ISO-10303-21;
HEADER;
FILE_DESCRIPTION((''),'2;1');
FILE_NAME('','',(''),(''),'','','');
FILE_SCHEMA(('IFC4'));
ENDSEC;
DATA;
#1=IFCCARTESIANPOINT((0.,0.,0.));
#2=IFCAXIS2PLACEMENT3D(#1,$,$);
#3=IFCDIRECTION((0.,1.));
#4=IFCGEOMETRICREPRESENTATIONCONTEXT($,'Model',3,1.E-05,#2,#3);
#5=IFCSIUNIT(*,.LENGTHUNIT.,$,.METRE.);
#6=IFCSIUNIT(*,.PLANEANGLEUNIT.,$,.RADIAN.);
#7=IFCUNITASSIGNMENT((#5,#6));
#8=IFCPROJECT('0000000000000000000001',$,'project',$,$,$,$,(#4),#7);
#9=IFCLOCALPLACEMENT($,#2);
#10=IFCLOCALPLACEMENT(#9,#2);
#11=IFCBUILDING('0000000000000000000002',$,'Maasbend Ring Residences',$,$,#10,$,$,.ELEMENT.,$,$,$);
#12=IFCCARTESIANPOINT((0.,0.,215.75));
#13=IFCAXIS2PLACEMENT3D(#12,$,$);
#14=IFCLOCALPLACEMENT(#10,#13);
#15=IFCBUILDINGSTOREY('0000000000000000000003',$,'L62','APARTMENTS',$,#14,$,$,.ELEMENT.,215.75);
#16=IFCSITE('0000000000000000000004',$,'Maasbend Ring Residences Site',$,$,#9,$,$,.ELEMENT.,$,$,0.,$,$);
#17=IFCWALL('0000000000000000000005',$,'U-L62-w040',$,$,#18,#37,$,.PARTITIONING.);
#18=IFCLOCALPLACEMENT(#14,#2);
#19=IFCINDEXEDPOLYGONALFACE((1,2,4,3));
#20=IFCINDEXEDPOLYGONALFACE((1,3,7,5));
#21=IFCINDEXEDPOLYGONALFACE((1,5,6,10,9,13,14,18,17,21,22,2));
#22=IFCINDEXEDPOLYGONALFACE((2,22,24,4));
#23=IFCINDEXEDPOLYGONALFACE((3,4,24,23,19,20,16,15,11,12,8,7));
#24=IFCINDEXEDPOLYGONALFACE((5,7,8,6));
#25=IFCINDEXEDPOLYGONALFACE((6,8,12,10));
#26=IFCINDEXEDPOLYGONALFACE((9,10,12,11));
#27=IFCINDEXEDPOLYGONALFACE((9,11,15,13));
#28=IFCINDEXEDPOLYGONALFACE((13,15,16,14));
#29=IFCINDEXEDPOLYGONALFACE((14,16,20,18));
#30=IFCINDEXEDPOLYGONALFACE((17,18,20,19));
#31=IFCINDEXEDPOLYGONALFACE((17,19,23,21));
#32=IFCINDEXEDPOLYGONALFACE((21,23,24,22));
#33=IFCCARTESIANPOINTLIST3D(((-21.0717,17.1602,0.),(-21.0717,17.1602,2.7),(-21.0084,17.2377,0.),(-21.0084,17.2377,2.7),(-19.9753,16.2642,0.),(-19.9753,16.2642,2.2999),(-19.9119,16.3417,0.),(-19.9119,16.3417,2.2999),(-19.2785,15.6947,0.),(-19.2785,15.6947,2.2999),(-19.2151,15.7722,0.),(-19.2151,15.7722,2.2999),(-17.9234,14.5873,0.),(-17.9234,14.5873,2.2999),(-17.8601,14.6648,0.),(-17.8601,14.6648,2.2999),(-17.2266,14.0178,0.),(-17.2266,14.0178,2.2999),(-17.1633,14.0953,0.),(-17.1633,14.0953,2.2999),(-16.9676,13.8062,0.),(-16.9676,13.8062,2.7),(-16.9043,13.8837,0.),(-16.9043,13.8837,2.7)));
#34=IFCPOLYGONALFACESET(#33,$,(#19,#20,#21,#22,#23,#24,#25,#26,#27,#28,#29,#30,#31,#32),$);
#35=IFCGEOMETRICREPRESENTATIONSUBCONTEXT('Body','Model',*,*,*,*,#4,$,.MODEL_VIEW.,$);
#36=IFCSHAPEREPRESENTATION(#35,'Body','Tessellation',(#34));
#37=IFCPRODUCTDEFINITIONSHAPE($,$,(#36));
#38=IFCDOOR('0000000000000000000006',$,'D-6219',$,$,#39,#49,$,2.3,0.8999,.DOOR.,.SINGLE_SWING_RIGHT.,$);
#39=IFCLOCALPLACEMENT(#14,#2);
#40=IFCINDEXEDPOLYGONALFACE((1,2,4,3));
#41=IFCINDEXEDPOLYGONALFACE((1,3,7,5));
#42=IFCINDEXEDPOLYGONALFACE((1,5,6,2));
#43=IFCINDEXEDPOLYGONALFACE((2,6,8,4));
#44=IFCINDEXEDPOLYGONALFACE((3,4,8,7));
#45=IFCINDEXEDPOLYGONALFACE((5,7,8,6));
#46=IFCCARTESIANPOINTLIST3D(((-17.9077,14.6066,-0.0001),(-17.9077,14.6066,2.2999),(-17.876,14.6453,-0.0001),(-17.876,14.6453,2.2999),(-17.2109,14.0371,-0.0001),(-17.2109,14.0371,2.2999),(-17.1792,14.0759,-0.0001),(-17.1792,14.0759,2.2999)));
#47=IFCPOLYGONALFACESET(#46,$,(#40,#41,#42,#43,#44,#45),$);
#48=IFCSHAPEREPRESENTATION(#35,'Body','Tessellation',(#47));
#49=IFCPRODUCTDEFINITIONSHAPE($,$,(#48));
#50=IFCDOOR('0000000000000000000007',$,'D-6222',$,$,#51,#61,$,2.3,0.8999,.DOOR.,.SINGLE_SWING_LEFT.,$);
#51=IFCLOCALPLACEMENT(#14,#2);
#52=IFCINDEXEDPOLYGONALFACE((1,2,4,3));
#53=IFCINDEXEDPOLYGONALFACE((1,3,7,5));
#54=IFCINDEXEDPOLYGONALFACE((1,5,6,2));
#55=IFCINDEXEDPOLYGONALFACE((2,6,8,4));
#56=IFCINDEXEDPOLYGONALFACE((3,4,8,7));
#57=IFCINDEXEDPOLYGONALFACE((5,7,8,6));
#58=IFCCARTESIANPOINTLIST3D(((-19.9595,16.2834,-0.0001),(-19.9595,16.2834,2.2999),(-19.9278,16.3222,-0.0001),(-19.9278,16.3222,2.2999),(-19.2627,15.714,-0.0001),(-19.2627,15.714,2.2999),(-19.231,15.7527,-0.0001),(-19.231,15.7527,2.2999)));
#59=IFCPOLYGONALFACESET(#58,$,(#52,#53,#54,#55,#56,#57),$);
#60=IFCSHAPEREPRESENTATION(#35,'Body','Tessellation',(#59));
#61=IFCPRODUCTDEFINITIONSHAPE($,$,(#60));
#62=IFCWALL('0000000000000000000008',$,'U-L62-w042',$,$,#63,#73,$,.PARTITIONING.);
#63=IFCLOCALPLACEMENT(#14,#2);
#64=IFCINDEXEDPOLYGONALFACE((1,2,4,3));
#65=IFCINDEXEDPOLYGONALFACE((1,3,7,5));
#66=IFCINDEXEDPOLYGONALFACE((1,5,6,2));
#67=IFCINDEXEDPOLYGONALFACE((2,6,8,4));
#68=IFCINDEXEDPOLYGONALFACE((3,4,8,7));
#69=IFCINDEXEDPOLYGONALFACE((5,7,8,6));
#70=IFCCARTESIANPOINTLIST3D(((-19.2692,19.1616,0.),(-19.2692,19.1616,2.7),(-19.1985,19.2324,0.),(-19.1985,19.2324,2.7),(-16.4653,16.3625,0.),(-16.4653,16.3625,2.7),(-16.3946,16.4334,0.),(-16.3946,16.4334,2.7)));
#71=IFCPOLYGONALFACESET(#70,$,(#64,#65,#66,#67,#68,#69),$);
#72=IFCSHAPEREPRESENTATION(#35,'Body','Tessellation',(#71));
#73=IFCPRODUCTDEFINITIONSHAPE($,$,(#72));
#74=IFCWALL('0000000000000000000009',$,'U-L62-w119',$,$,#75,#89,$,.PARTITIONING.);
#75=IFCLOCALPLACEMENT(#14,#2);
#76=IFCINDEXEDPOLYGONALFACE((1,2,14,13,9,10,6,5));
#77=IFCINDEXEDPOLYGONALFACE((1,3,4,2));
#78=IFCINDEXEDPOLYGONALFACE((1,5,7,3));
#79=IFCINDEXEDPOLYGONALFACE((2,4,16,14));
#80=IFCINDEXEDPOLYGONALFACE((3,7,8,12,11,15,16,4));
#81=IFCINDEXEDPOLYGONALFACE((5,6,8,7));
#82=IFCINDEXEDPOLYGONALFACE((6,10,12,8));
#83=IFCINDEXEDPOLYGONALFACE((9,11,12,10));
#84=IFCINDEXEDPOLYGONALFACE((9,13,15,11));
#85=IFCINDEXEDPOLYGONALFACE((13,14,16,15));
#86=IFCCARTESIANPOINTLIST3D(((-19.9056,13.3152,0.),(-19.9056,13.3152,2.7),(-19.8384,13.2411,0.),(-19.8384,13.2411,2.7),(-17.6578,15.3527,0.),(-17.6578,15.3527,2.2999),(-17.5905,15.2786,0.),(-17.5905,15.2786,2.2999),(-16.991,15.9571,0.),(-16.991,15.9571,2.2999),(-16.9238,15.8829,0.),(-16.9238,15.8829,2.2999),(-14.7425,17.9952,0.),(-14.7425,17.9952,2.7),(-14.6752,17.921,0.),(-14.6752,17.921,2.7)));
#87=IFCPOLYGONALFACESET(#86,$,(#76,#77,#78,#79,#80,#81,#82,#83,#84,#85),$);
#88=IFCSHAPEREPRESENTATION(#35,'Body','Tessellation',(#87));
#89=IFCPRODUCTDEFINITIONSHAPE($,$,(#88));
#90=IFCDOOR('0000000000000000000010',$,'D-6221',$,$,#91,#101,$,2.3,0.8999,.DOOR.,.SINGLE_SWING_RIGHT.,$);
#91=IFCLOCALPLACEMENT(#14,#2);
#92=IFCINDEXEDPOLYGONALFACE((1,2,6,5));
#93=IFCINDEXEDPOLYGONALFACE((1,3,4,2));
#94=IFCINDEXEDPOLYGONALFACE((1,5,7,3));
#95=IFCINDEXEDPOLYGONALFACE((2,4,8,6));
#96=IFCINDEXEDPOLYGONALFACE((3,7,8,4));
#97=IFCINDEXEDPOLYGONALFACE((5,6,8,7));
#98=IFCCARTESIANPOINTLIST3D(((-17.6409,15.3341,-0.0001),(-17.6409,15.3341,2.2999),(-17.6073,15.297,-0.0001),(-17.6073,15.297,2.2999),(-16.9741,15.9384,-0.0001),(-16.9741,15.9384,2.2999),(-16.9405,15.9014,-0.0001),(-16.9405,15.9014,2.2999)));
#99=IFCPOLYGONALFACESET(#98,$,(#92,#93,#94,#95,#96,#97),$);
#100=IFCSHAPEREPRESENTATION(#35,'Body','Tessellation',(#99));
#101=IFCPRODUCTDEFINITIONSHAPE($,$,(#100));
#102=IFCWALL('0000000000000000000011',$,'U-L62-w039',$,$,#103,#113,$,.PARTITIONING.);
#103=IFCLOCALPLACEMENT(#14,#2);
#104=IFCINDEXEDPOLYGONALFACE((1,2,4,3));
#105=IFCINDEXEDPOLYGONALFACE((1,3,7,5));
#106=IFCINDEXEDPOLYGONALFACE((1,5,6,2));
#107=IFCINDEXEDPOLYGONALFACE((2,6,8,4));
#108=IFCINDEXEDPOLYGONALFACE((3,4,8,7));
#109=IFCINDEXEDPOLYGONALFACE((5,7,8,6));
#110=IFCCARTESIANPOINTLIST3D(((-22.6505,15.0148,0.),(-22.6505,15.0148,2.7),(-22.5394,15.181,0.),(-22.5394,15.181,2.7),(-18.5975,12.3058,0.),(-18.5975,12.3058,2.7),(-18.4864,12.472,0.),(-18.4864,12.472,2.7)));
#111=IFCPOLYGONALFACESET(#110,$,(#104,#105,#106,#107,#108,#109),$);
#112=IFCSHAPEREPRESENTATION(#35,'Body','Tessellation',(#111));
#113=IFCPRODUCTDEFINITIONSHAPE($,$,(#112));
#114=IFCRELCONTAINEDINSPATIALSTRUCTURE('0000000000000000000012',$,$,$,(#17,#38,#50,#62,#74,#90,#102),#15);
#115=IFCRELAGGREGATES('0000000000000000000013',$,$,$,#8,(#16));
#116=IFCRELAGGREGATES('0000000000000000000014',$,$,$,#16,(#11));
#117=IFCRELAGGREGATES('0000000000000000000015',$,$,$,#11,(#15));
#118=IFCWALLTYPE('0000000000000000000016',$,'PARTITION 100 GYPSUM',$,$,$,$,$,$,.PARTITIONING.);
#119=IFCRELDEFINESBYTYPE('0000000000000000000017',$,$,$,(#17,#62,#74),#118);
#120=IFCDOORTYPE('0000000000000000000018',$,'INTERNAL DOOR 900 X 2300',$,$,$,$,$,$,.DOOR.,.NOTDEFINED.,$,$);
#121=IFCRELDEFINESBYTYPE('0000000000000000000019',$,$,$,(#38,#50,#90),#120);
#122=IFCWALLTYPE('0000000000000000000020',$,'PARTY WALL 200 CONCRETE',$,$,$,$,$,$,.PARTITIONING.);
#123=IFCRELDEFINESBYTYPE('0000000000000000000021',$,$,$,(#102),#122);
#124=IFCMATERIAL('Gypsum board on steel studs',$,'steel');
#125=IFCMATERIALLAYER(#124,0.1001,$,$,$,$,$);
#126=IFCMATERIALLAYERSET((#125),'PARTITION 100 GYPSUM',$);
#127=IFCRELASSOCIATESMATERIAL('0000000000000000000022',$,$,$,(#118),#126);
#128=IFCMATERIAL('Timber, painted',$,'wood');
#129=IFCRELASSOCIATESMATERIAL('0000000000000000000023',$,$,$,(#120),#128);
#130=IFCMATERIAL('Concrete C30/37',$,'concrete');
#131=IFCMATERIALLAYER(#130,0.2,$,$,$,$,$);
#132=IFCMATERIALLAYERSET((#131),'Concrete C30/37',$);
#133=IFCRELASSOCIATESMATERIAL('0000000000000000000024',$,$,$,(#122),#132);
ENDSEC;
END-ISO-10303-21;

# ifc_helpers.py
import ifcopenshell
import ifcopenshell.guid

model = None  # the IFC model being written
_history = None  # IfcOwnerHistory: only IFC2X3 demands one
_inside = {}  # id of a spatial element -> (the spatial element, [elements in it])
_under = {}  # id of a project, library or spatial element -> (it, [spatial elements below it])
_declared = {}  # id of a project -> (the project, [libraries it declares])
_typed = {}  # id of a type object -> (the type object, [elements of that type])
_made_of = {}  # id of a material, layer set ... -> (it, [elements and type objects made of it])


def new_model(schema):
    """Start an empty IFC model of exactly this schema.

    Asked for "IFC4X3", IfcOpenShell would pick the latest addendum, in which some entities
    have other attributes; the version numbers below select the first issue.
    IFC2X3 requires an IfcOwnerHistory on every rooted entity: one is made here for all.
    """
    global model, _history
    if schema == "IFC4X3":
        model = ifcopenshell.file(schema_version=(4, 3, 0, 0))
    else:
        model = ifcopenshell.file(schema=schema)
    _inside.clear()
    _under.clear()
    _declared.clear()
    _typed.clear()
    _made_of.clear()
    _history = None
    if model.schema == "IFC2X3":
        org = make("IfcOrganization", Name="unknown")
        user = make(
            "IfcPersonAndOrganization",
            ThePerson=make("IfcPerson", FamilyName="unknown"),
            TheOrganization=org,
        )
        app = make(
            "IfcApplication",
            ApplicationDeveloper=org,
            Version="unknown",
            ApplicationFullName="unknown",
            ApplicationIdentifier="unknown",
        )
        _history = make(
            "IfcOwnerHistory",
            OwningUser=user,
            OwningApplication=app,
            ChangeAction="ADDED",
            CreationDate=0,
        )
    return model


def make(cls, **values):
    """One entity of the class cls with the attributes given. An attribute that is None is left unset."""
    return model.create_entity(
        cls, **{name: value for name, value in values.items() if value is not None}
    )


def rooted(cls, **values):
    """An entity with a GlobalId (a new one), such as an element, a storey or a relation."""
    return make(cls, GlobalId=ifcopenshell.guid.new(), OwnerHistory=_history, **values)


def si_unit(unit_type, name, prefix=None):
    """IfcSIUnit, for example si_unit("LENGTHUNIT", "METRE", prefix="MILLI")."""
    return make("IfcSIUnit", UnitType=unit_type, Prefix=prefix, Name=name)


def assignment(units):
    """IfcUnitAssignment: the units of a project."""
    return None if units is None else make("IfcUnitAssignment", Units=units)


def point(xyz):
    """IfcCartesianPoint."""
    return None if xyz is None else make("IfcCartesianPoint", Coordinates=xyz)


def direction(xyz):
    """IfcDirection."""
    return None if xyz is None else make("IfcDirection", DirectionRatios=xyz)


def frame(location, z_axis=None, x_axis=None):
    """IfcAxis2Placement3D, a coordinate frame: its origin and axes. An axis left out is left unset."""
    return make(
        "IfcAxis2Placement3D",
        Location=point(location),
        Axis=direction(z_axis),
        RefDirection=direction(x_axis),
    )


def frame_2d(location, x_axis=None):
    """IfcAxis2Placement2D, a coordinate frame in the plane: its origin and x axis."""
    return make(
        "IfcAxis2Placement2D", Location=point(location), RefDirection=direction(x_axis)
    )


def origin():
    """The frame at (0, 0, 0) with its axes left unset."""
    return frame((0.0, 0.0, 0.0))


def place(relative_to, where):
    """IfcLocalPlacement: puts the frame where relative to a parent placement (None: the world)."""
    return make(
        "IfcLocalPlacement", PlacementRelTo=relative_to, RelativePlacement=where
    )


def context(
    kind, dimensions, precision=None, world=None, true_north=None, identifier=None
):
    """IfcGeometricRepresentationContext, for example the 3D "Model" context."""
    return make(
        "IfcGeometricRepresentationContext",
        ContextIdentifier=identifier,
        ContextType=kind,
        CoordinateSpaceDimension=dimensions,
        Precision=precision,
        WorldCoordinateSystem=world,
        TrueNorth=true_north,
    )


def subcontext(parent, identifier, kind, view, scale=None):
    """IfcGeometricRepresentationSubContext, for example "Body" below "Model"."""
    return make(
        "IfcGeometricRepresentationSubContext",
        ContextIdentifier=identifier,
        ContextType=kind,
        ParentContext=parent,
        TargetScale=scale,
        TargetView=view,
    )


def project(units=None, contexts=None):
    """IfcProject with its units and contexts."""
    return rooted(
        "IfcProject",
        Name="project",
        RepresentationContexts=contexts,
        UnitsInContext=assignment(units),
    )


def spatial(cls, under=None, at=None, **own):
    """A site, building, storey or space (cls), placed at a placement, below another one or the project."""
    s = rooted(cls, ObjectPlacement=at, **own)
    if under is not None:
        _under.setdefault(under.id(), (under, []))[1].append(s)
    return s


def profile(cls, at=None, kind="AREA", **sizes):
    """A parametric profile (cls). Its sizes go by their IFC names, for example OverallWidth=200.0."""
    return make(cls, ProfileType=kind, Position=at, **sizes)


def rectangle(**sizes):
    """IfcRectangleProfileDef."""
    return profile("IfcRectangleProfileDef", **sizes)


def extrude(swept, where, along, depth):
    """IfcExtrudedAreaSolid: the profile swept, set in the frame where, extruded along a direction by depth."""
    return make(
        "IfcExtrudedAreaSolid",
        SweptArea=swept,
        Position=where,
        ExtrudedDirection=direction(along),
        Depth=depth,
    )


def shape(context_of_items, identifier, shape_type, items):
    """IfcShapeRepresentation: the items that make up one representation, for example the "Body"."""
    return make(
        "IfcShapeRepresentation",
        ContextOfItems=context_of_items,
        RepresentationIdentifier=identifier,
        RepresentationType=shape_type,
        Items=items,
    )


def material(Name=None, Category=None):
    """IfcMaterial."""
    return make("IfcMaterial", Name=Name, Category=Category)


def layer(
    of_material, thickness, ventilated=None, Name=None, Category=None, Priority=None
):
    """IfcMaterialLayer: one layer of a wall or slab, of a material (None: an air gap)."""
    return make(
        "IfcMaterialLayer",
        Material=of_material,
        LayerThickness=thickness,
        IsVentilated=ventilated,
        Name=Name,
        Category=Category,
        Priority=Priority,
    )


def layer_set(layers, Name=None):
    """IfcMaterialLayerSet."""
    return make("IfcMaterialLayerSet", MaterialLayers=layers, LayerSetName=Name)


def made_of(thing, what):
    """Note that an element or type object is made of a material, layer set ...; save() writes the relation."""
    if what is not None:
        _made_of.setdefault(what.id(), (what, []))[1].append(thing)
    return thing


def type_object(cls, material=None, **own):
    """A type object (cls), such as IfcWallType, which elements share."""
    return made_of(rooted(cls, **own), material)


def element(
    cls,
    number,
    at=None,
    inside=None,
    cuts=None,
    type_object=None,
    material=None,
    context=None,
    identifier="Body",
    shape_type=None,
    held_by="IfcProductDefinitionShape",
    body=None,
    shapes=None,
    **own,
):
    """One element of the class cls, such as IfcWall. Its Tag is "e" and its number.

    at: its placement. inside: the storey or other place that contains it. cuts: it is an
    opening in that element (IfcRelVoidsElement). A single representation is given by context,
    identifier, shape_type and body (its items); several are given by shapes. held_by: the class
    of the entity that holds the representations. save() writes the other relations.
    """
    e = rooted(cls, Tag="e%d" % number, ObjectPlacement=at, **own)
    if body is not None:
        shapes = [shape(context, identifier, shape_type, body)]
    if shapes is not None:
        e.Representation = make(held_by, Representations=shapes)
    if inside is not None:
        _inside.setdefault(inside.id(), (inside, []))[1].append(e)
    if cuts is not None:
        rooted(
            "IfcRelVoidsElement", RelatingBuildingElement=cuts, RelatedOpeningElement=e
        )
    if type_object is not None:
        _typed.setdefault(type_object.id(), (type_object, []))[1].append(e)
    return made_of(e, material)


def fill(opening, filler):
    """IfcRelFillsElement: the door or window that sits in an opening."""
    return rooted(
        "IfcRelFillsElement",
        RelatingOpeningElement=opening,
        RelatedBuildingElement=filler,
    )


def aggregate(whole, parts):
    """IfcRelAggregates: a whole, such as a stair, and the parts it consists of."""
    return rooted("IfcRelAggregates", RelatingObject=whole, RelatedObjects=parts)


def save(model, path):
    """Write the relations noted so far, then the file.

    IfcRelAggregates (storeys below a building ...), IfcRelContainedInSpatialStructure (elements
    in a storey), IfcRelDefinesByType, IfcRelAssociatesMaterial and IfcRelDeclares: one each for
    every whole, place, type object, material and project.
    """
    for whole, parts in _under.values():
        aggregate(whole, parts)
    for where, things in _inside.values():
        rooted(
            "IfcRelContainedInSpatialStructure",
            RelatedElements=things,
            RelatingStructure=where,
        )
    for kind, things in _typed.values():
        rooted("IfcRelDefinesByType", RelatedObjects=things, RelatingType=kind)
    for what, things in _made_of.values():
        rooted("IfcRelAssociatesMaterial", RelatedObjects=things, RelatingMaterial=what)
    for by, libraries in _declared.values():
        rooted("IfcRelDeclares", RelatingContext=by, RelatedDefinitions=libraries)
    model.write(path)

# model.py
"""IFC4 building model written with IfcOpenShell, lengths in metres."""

from ifc_helpers import new_model, si_unit, direction, frame, frame_2d, origin, place, context, subcontext, project, spatial, rectangle, extrude, material, layer, layer_set, type_object, element, fill, save


model = new_model("IFC4")

# Units and contexts
model_context = context("Model", 3, precision=1e-05, world=origin(), true_north=direction((0.0, 1.0)))
body_context = subcontext(model_context, "Body", "Model", "MODEL_VIEW")
ifc_project = project(units=[si_unit("LENGTHUNIT", "METRE"), si_unit("PLANEANGLEUNIT", "RADIAN")], contexts=[model_context])

# Site, building, storey
site_placement = place(None, origin())
site = spatial("IfcSite", under=ifc_project, at=site_placement, Name="Maasbend Ring Residences Site", CompositionType="ELEMENT", RefElevation=0.0)
building_placement = place(site_placement, origin())
building = spatial("IfcBuilding", under=site, at=building_placement, Name="Maasbend Ring Residences", CompositionType="ELEMENT")
storey_placement = place(building_placement, frame((0.0, 0.0, 215.75)))
storey = spatial("IfcBuildingStorey", under=building, at=storey_placement, Name="L62", Description="APARTMENTS", CompositionType="ELEMENT", Elevation=215.75)

# Wall, openings, doors
ifc_material_1 = material(Name="Gypsum board on steel studs", Category="steel")
ifc_layer_1 = layer(ifc_material_1, 0.1001)
ifc_layer_set_1 = layer_set([ifc_layer_1], Name="PARTITION 100 GYPSUM")
wall_type_1 = type_object("IfcWallType", Name="PARTITION 100 GYPSUM", PredefinedType="PARTITIONING", material=ifc_layer_set_1)
wall_1_placement = place(storey_placement, frame((-21.04, 17.199, 0.0), z_axis=(0.0, 0.0, 1.0), x_axis=(0.77431, -0.632806, 0.0)))
wall_1 = element("IfcWall", 1, at=wall_1_placement, inside=storey, type_object=wall_type_1, Name="U-L62-w040", PredefinedType="PARTITIONING", context=body_context, shape_type="SweptSolid", body=[
    extrude(rectangle(XDim=5.3003, YDim=0.1001, at=frame_2d((2.6501, 0.0))), origin(), (0.0, 0.0, 1.0), 2.7),
])
opening_1_placement = place(wall_1_placement, frame((4.0659, 0.0, 0.0)))
opening_1 = element("IfcOpeningElement", 2, at=opening_1_placement, cuts=wall_1, PredefinedType="OPENING", context=body_context, shape_type="SweptSolid", body=[
    extrude(rectangle(XDim=0.8999, YDim=2.3, at=frame_2d((0.45, 1.1499))), frame((0.0, 0.0601, 0.0), z_axis=(0.0, -1.0, 0.0), x_axis=(1.0, 0.0, 0.0)), (0.0, 0.0, 1.0), 0.1201),
])
opening_2_placement = place(wall_1_placement, frame((1.416, 0.0, 0.0)))
opening_2 = element("IfcOpeningElement", 3, at=opening_2_placement, cuts=wall_1, PredefinedType="OPENING", context=body_context, shape_type="SweptSolid", body=[
    extrude(rectangle(XDim=0.8999, YDim=2.3, at=frame_2d((0.45, 1.1499))), frame((0.0, 0.0601, 0.0), z_axis=(0.0, -1.0, 0.0), x_axis=(1.0, 0.0, 0.0)), (0.0, 0.0, 1.0), 0.1201),
])
ifc_material_2 = material(Name="Timber, painted", Category="wood")
door_type_1 = type_object("IfcDoorType", Name="INTERNAL DOOR 900 X 2300", OperationType="NOTDEFINED", PredefinedType="DOOR", material=ifc_material_2)
door_1_placement = place(opening_1_placement, origin())
door_1 = element("IfcDoor", 4, at=door_1_placement, inside=storey, type_object=door_type_1, Name="D-6219", OperationType="SINGLE_SWING_RIGHT", OverallHeight=2.3, OverallWidth=0.8999, PredefinedType="DOOR", context=body_context, shape_type="SweptSolid", body=[
    extrude(rectangle(XDim=0.8999, YDim=2.3, at=frame_2d((0.45, 1.1499))), frame((0.0, 0.0249, 0.0), z_axis=(0.0, -1.0, 0.0), x_axis=(1.0, 0.0, 0.0)), (0.0, 0.0, 1.0), 0.05),
])
fill(opening_1, door_1)
door_2_placement = place(opening_2_placement, origin())
door_2 = element("IfcDoor", 5, at=door_2_placement, inside=storey, type_object=door_type_1, Name="D-6222", OperationType="SINGLE_SWING_LEFT", OverallHeight=2.3, OverallWidth=0.8999, PredefinedType="DOOR", context=body_context, shape_type="SweptSolid", body=[
    extrude(rectangle(XDim=0.8999, YDim=2.3, at=frame_2d((0.45, 1.1499))), frame((0.0, 0.0249, 0.0), z_axis=(0.0, -1.0, 0.0), x_axis=(1.0, 0.0, 0.0)), (0.0, 0.0, 1.0), 0.05),
])
fill(opening_2, door_2)

# Wall
wall_2_placement = place(storey_placement, frame((-19.2339, 19.197, 0.0), z_axis=(0.0, 0.0, 1.0), x_axis=(0.707723, -0.70649, 0.0)))
element("IfcWall", 6, at=wall_2_placement, inside=storey, type_object=wall_type_1, Name="U-L62-w042", PredefinedType="PARTITIONING", context=body_context, shape_type="SweptSolid", body=[
    extrude(rectangle(XDim=3.9619, YDim=0.1001, at=frame_2d((1.981, 0.0))), origin(), (0.0, 0.0, 1.0), 2.7),
])

# Wall, opening, door
wall_3_placement = place(storey_placement, frame((-19.8721, 13.2781, 0.0), z_axis=(0.0, 0.0, 1.0), x_axis=(0.740924, 0.671589, 0.0)))
wall_3 = element("IfcWall", 7, at=wall_3_placement, inside=storey, type_object=wall_type_1, Name="U-L62-w119", PredefinedType="PARTITIONING", context=body_context, shape_type="SweptSolid", body=[
    extrude(rectangle(XDim=6.9685, YDim=0.1001, at=frame_2d((3.4844, 0.0))), origin(), (0.0, 0.0, 1.0), 2.7),
])
opening_3_placement = place(wall_3_placement, frame((3.0339, 0.0, 0.0)))
opening_3 = element("IfcOpeningElement", 8, at=opening_3_placement, cuts=wall_3, PredefinedType="OPENING", context=body_context, shape_type="SweptSolid", body=[
    extrude(rectangle(XDim=0.8999, YDim=2.3, at=frame_2d((0.45, 1.1499))), frame((0.0, 0.0601, 0.0), z_axis=(0.0, -1.0, 0.0), x_axis=(1.0, 0.0, 0.0)), (0.0, 0.0, 1.0), 0.1201),
])
door_3_placement = place(opening_3_placement, origin())
door_3 = element("IfcDoor", 9, at=door_3_placement, inside=storey, type_object=door_type_1, Name="D-6221", OperationType="SINGLE_SWING_RIGHT", OverallHeight=2.3, OverallWidth=0.8999, PredefinedType="DOOR", context=body_context, shape_type="SweptSolid", body=[
    extrude(rectangle(XDim=0.8999, YDim=2.3, at=frame_2d((0.45, 1.1499))), frame((0.0, 0.0249, 0.0), z_axis=(0.0, -1.0, 0.0), x_axis=(1.0, 0.0, 0.0)), (0.0, 0.0, 1.0), 0.05),
])
fill(opening_3, door_3)

# Wall
ifc_material_3 = material(Name="Concrete C30/37", Category="concrete")
ifc_layer_2 = layer(ifc_material_3, 0.2)
ifc_layer_set_2 = layer_set([ifc_layer_2], Name="Concrete C30/37")
wall_type_2 = type_object("IfcWallType", Name="PARTY WALL 200 CONCRETE", PredefinedType="PARTITIONING", material=ifc_layer_set_2)
wall_4_placement = place(storey_placement, frame((-22.595, 15.0979, 0.0), z_axis=(0.0, 0.0, 1.0), x_axis=(0.831387, -0.555694, 0.0)))
element("IfcWall", 10, at=wall_4_placement, inside=storey, type_object=wall_type_2, Name="U-L62-w039", PredefinedType="PARTITIONING", context=body_context, shape_type="SweptSolid", body=[
    extrude(rectangle(XDim=4.875, YDim=0.2, at=frame_2d((2.4375, 0.0))), origin(), (0.0, 0.0, 1.0), 2.7),
])

save(model, "model.ifc")
